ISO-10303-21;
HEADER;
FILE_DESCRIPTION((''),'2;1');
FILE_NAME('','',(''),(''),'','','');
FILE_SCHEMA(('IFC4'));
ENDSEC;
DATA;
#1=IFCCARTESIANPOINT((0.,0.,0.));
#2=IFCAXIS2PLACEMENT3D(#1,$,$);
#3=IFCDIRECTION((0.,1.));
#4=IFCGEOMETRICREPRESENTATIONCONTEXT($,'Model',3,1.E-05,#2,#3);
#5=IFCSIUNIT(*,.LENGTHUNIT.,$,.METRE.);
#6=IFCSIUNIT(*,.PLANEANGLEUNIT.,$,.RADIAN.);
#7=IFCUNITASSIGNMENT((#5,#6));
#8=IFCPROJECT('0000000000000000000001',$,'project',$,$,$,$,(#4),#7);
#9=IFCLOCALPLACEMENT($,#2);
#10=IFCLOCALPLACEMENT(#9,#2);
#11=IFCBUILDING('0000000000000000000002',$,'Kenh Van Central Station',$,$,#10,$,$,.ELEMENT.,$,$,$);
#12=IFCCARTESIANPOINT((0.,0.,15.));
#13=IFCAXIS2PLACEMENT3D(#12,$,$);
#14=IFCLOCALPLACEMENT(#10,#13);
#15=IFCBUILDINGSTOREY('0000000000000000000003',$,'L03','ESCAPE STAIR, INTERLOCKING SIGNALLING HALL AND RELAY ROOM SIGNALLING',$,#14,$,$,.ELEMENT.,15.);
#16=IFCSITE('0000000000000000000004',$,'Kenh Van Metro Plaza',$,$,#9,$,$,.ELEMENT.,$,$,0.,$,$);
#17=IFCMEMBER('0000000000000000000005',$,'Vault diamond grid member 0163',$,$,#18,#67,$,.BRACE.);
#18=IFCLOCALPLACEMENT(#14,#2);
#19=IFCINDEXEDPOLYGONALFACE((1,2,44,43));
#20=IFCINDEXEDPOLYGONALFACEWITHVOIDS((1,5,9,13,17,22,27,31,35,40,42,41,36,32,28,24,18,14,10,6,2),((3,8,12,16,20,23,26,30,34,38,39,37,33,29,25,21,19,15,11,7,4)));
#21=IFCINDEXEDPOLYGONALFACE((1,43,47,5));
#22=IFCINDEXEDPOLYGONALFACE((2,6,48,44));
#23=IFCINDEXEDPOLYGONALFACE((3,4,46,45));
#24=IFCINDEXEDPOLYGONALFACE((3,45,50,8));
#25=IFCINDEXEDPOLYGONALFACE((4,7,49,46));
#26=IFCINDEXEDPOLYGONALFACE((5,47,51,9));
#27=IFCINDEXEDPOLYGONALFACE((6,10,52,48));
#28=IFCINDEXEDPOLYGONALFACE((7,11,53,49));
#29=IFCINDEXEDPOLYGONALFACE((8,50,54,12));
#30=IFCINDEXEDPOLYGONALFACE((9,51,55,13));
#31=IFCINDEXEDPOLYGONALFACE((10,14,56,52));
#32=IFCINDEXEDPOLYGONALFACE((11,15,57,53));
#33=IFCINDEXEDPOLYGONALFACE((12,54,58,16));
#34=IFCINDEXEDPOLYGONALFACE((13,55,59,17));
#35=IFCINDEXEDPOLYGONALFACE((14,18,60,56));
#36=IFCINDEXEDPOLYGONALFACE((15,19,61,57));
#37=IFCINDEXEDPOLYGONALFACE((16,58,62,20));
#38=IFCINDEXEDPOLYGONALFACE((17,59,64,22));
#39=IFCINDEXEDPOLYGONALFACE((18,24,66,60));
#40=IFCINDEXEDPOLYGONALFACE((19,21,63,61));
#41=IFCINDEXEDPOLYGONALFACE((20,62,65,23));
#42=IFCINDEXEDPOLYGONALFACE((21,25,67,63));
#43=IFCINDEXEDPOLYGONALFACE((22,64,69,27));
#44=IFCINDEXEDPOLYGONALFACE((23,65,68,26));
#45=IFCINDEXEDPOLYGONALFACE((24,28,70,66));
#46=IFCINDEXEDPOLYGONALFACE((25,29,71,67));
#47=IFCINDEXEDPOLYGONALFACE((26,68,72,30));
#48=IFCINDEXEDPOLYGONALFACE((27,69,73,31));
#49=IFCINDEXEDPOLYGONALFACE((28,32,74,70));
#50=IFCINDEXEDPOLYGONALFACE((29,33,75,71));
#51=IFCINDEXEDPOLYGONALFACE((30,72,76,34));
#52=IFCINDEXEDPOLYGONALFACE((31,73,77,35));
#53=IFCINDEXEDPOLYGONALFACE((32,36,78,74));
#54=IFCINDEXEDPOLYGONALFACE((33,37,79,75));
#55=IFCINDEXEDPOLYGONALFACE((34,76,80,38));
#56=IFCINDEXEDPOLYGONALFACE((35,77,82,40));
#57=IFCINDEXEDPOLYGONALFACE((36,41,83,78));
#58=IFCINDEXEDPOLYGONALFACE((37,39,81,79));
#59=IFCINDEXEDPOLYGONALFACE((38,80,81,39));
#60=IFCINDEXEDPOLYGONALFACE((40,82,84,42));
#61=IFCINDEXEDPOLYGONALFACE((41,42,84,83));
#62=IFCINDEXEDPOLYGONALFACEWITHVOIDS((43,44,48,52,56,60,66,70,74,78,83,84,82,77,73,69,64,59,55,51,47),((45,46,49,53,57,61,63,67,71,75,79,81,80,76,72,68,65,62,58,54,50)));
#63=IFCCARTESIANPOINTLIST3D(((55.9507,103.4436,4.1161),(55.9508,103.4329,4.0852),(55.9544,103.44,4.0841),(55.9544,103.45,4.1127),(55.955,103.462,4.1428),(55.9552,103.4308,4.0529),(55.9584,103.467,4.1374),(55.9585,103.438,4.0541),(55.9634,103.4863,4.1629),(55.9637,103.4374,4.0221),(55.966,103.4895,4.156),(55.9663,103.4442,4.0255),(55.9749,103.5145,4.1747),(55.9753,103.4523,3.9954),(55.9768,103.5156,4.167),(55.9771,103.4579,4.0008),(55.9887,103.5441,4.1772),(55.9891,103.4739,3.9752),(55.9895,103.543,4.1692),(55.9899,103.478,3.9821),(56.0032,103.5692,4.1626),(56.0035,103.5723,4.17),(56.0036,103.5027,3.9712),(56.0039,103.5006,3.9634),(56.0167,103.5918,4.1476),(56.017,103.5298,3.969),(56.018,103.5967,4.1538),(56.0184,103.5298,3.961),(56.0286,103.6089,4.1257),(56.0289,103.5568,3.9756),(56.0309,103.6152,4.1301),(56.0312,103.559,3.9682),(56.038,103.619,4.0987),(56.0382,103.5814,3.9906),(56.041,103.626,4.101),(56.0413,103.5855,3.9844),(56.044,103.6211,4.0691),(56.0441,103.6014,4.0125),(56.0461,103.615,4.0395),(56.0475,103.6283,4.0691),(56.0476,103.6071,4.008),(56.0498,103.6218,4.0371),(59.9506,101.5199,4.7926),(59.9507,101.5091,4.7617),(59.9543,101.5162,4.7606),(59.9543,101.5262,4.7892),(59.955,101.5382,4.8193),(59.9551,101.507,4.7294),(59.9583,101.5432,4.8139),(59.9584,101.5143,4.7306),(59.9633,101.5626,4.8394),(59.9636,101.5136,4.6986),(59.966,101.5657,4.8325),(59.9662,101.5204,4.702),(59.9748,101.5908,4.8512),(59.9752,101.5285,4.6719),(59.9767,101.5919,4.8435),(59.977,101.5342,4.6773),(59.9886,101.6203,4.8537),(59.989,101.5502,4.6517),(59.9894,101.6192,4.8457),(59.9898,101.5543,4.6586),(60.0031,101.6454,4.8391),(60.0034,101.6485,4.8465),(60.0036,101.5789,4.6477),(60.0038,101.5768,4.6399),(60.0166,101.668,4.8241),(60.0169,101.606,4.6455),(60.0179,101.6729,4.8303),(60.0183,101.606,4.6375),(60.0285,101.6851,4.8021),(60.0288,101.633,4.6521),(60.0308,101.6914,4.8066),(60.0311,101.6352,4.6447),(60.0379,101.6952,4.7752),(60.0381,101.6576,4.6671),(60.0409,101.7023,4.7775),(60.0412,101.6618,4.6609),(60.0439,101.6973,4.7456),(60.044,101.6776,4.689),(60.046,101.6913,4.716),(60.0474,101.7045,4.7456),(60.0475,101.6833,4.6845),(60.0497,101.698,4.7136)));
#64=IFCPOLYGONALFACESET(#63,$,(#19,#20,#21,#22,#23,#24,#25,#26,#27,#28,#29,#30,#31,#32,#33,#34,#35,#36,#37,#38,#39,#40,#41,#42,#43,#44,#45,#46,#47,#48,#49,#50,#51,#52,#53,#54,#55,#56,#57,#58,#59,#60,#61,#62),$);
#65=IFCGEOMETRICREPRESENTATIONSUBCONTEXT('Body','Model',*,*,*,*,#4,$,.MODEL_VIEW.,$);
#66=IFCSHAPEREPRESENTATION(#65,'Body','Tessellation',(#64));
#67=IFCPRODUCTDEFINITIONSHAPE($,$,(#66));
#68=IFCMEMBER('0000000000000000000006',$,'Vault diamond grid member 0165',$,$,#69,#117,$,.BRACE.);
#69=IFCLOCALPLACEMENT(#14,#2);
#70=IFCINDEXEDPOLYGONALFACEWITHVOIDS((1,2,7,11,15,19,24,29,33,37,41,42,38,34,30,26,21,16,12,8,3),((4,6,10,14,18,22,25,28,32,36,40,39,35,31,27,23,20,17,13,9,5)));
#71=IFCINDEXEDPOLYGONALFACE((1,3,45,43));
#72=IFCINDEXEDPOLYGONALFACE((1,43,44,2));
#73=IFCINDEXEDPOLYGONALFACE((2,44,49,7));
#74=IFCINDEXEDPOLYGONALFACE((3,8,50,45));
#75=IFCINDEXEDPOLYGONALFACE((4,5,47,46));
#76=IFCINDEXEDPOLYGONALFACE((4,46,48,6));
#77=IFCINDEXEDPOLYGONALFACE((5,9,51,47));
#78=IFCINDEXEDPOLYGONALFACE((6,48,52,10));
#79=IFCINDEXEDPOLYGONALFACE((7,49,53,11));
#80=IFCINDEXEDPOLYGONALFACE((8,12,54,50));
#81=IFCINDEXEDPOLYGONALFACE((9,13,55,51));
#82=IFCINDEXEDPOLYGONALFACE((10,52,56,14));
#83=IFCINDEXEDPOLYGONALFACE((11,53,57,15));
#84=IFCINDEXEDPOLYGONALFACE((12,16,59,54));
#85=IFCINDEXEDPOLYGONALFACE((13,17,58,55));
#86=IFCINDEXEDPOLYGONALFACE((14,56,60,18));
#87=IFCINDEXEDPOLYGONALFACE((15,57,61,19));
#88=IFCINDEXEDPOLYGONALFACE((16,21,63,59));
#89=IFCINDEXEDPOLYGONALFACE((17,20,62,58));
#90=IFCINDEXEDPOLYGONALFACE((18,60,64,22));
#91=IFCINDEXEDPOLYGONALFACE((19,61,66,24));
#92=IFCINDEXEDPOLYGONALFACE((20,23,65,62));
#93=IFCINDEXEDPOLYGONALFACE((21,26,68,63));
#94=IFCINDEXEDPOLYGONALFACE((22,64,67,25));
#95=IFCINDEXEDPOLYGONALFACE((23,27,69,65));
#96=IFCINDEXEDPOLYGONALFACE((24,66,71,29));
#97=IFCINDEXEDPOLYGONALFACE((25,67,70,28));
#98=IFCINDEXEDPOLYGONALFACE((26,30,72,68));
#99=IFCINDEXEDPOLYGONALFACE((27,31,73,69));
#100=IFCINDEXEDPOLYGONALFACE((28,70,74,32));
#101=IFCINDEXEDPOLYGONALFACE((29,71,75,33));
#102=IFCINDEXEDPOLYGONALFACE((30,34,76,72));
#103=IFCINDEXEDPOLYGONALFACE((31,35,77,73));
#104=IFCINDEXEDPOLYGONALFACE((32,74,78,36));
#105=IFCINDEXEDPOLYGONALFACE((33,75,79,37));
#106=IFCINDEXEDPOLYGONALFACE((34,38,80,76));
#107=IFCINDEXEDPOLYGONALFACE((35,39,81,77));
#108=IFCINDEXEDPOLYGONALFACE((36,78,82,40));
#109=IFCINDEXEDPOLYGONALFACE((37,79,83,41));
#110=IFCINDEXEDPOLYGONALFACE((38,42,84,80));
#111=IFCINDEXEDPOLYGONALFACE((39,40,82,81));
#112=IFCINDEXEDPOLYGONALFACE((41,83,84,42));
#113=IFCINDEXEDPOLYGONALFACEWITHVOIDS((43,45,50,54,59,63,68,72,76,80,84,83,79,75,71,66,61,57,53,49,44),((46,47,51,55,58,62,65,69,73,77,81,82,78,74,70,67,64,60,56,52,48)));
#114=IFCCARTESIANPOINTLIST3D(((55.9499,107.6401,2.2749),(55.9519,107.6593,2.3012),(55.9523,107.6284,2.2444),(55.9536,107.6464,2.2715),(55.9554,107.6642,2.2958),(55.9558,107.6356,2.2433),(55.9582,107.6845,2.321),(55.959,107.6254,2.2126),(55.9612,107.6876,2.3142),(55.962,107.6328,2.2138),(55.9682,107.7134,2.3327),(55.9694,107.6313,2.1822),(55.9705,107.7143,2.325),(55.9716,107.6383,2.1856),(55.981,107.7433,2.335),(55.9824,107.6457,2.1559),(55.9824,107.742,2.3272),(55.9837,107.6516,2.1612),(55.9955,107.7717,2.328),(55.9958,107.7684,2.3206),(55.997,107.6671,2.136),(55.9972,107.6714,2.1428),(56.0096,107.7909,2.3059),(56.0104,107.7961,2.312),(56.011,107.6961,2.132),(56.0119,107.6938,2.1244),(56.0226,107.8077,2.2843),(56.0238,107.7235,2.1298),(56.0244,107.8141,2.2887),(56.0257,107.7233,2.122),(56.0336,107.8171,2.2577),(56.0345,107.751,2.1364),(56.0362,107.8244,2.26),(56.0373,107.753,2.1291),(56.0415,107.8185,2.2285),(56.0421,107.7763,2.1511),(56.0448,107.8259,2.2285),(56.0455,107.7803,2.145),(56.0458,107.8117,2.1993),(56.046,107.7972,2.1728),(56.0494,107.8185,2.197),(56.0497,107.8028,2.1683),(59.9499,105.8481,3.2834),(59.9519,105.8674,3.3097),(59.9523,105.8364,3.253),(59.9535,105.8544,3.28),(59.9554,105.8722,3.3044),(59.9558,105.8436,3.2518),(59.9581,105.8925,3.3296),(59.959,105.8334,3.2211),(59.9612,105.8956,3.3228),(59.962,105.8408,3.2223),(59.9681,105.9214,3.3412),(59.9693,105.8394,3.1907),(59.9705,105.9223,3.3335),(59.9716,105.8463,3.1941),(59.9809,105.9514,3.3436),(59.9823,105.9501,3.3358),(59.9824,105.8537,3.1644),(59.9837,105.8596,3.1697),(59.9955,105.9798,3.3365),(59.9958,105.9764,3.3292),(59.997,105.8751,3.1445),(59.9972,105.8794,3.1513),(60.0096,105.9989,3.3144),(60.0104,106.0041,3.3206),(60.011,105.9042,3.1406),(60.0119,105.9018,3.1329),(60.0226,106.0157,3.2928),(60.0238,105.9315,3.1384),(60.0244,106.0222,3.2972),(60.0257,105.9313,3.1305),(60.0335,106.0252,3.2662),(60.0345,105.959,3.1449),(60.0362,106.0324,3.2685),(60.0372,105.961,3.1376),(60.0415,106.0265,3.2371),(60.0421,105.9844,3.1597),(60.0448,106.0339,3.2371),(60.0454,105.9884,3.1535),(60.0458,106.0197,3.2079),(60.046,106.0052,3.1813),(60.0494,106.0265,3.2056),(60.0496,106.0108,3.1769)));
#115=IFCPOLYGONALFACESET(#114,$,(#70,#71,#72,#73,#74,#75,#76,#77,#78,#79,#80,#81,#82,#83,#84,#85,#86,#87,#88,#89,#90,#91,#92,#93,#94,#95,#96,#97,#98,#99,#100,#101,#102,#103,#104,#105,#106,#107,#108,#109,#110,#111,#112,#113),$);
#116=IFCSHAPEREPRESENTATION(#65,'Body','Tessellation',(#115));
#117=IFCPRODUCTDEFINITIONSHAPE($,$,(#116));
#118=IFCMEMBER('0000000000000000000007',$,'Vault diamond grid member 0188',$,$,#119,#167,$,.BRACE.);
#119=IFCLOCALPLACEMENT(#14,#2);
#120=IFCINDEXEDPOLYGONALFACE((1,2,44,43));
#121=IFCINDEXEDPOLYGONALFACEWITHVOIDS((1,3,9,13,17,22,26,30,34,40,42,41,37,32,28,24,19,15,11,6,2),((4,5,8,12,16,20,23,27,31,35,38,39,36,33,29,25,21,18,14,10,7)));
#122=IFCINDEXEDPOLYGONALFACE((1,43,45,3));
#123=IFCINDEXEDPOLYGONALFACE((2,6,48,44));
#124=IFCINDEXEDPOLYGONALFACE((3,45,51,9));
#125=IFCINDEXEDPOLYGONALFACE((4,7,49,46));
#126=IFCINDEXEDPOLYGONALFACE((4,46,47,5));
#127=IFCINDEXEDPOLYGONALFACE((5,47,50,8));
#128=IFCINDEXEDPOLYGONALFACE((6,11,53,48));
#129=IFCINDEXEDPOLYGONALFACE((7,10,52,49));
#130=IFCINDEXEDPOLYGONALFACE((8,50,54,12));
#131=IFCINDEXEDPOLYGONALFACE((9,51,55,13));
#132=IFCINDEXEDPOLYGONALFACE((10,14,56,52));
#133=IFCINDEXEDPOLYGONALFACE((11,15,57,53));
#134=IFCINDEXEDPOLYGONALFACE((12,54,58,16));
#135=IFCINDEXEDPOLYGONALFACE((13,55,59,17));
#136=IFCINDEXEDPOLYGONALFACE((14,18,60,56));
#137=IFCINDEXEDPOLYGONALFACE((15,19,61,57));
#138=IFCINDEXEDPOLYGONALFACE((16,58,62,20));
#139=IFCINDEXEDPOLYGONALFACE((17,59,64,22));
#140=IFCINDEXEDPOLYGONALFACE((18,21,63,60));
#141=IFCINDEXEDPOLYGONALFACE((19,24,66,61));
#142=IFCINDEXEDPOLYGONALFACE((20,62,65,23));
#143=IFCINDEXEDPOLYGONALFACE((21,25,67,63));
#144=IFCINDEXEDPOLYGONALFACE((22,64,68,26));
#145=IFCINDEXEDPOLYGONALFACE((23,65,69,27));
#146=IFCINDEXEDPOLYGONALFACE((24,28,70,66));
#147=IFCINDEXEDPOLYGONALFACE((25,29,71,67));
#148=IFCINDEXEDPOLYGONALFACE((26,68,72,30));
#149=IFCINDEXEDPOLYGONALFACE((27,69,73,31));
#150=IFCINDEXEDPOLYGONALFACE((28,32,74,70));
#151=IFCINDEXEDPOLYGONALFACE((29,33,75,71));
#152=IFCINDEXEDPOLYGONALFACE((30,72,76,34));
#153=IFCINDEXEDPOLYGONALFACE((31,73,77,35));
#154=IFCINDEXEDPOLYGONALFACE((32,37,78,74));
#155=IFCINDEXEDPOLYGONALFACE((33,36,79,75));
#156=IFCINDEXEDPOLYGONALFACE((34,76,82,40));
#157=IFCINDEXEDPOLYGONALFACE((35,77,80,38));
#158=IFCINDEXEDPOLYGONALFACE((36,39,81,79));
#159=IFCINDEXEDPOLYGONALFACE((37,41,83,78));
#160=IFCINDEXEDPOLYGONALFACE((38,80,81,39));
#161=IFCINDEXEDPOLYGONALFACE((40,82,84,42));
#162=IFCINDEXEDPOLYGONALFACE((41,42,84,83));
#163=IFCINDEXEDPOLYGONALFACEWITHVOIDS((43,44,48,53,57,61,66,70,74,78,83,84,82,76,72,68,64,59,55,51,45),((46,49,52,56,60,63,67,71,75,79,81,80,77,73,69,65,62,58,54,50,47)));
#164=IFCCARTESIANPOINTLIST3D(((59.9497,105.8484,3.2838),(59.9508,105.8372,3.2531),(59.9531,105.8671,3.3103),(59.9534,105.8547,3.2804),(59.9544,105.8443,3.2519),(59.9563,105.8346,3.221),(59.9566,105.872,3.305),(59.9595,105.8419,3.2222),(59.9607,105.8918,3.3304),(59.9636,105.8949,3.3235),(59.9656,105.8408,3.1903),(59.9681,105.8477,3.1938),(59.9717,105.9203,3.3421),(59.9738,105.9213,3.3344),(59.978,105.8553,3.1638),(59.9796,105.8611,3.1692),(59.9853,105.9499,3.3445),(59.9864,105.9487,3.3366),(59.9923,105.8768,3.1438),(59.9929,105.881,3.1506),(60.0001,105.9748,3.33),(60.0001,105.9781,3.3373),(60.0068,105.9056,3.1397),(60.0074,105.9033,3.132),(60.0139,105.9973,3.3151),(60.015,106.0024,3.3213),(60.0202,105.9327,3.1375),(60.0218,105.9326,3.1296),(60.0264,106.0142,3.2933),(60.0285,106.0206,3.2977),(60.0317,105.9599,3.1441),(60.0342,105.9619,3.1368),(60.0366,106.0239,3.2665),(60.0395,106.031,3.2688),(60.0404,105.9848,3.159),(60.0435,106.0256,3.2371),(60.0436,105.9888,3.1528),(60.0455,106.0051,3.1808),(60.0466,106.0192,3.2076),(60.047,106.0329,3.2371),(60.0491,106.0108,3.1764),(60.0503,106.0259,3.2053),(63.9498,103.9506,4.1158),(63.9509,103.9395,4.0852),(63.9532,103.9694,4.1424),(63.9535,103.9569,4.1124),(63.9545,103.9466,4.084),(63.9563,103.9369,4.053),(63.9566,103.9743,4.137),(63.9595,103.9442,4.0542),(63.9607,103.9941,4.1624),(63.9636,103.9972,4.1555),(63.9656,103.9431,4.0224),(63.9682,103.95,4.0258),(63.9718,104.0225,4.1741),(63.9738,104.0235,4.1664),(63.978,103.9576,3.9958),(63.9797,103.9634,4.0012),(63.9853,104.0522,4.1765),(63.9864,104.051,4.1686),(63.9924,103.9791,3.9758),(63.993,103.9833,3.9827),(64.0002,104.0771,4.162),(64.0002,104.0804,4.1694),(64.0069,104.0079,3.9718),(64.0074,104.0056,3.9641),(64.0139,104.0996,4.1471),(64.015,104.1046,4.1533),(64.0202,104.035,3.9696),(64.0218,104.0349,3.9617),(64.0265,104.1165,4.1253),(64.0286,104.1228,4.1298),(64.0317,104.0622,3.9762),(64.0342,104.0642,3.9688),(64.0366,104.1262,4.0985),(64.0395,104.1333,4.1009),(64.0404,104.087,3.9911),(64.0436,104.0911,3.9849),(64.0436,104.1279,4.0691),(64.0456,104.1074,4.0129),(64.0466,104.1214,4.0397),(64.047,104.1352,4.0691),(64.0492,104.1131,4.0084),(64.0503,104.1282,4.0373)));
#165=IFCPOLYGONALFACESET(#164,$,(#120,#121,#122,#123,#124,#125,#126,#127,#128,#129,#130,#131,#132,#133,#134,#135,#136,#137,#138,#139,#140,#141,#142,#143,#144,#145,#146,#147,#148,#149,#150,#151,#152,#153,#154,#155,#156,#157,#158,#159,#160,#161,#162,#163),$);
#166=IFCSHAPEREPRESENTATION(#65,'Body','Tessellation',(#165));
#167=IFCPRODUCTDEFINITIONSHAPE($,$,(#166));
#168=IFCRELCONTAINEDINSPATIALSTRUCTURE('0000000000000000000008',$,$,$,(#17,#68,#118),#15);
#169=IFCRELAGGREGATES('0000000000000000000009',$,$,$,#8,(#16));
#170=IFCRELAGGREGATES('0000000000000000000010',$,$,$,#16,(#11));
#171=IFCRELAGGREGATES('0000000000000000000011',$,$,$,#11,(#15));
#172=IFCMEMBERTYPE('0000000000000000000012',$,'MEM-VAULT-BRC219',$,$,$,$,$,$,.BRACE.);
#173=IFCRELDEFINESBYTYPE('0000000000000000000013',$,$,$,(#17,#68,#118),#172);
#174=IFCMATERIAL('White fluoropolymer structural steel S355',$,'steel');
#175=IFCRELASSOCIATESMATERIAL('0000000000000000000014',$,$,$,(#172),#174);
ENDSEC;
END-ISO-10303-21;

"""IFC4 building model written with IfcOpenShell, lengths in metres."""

from ifc_helpers import new_model, si_unit, direction, frame, origin, origin_2d, place, context, subcontext, project, spatial, hollow_circle, extrude, material, material_profile, profile_set, type_object, element, save


model = new_model("IFC4")

# Units and contexts
model_context = context("Model", 3, precision=1e-05, world=origin(), true_north=direction((0.0, 1.0)))
body_context = subcontext(model_context, "Body", "Model", "MODEL_VIEW")
ifc_project = project(units=[si_unit("LENGTHUNIT", "METRE"), si_unit("PLANEANGLEUNIT", "RADIAN")], contexts=[model_context])

# Site, building, storey
site_placement = place(None, origin())
site = spatial("IfcSite", under=ifc_project, at=site_placement, Name="Kenh Van Metro Plaza", CompositionType="ELEMENT", RefElevation=0.0)
building_placement = place(site_placement, origin())
building = spatial("IfcBuilding", under=site, at=building_placement, Name="Kenh Van Central Station", CompositionType="ELEMENT")
storey_placement = place(building_placement, frame((0.0, 0.0, 15.0)))
storey = spatial("IfcBuildingStorey", under=building, at=storey_placement, Name="L03", Description="ESCAPE STAIR, INTERLOCKING SIGNALLING HALL AND RELAY ROOM SIGNALLING", CompositionType="ELEMENT", Elevation=15.0)

# Shared definitions
ifc_material_1 = material(Name="White fluoropolymer structural steel S355", Category="steel")

# Members
ifc_material_profile_1 = material_profile(ifc_material_1, hollow_circle(Radius=0.1096, WallThickness=0.0081, at=origin_2d()), Name="CHS 219.1x8")
ifc_profile_set_1 = profile_set([ifc_material_profile_1], Name="White fluoropolymer structural steel S355")
member_type_1 = type_object("IfcMemberType", Name="MEM-VAULT-BRC219", PredefinedType="BRACE", material=ifc_profile_set_1)
member_1_placement = place(storey_placement, frame((56.0, 103.5295, 4.0691), z_axis=(0.890898, -0.428483, 0.150676), x_axis=(0.433432, 0.901186, 0.0)))
element("IfcMember", 1, at=member_1_placement, inside=storey, type_object=member_type_1, Name="Vault diamond grid member 0163", PredefinedType="BRACE", context=body_context, shape_type="SweptSolid", body=[
    extrude(hollow_circle(Radius=0.1096, WallThickness=0.0081, at=origin_2d()), origin(), (0.0, 0.0, 1.0), 4.4897),
])
member_2_placement = place(storey_placement, frame((56.0, 107.7258, 2.2285), z_axis=(0.889363, -0.398433, 0.224241), x_axis=(0.408845, 0.912604, 0.0)))
element("IfcMember", 2, at=member_2_placement, inside=storey, type_object=member_type_1, Name="Vault diamond grid member 0165", PredefinedType="BRACE", context=body_context, shape_type="SweptSolid", body=[
    extrude(hollow_circle(Radius=0.1096, WallThickness=0.0081, at=origin_2d()), origin(), (0.0, 0.0, 1.0), 4.4976),
])
member_3_placement = place(storey_placement, frame((60.0, 105.9338, 3.2371), z_axis=(0.887934, -0.421259, 0.184697), x_axis=(0.428634, 0.903478, 0.0)))
element("IfcMember", 3, at=member_3_placement, inside=storey, type_object=member_type_1, Name="Vault diamond grid member 0188", PredefinedType="BRACE", context=body_context, shape_type="SweptSolid", body=[
    extrude(hollow_circle(Radius=0.1096, WallThickness=0.0081, at=origin_2d()), origin(), (0.0, 0.0, 1.0), 4.5049),
])

save(model, "model.ifc")
